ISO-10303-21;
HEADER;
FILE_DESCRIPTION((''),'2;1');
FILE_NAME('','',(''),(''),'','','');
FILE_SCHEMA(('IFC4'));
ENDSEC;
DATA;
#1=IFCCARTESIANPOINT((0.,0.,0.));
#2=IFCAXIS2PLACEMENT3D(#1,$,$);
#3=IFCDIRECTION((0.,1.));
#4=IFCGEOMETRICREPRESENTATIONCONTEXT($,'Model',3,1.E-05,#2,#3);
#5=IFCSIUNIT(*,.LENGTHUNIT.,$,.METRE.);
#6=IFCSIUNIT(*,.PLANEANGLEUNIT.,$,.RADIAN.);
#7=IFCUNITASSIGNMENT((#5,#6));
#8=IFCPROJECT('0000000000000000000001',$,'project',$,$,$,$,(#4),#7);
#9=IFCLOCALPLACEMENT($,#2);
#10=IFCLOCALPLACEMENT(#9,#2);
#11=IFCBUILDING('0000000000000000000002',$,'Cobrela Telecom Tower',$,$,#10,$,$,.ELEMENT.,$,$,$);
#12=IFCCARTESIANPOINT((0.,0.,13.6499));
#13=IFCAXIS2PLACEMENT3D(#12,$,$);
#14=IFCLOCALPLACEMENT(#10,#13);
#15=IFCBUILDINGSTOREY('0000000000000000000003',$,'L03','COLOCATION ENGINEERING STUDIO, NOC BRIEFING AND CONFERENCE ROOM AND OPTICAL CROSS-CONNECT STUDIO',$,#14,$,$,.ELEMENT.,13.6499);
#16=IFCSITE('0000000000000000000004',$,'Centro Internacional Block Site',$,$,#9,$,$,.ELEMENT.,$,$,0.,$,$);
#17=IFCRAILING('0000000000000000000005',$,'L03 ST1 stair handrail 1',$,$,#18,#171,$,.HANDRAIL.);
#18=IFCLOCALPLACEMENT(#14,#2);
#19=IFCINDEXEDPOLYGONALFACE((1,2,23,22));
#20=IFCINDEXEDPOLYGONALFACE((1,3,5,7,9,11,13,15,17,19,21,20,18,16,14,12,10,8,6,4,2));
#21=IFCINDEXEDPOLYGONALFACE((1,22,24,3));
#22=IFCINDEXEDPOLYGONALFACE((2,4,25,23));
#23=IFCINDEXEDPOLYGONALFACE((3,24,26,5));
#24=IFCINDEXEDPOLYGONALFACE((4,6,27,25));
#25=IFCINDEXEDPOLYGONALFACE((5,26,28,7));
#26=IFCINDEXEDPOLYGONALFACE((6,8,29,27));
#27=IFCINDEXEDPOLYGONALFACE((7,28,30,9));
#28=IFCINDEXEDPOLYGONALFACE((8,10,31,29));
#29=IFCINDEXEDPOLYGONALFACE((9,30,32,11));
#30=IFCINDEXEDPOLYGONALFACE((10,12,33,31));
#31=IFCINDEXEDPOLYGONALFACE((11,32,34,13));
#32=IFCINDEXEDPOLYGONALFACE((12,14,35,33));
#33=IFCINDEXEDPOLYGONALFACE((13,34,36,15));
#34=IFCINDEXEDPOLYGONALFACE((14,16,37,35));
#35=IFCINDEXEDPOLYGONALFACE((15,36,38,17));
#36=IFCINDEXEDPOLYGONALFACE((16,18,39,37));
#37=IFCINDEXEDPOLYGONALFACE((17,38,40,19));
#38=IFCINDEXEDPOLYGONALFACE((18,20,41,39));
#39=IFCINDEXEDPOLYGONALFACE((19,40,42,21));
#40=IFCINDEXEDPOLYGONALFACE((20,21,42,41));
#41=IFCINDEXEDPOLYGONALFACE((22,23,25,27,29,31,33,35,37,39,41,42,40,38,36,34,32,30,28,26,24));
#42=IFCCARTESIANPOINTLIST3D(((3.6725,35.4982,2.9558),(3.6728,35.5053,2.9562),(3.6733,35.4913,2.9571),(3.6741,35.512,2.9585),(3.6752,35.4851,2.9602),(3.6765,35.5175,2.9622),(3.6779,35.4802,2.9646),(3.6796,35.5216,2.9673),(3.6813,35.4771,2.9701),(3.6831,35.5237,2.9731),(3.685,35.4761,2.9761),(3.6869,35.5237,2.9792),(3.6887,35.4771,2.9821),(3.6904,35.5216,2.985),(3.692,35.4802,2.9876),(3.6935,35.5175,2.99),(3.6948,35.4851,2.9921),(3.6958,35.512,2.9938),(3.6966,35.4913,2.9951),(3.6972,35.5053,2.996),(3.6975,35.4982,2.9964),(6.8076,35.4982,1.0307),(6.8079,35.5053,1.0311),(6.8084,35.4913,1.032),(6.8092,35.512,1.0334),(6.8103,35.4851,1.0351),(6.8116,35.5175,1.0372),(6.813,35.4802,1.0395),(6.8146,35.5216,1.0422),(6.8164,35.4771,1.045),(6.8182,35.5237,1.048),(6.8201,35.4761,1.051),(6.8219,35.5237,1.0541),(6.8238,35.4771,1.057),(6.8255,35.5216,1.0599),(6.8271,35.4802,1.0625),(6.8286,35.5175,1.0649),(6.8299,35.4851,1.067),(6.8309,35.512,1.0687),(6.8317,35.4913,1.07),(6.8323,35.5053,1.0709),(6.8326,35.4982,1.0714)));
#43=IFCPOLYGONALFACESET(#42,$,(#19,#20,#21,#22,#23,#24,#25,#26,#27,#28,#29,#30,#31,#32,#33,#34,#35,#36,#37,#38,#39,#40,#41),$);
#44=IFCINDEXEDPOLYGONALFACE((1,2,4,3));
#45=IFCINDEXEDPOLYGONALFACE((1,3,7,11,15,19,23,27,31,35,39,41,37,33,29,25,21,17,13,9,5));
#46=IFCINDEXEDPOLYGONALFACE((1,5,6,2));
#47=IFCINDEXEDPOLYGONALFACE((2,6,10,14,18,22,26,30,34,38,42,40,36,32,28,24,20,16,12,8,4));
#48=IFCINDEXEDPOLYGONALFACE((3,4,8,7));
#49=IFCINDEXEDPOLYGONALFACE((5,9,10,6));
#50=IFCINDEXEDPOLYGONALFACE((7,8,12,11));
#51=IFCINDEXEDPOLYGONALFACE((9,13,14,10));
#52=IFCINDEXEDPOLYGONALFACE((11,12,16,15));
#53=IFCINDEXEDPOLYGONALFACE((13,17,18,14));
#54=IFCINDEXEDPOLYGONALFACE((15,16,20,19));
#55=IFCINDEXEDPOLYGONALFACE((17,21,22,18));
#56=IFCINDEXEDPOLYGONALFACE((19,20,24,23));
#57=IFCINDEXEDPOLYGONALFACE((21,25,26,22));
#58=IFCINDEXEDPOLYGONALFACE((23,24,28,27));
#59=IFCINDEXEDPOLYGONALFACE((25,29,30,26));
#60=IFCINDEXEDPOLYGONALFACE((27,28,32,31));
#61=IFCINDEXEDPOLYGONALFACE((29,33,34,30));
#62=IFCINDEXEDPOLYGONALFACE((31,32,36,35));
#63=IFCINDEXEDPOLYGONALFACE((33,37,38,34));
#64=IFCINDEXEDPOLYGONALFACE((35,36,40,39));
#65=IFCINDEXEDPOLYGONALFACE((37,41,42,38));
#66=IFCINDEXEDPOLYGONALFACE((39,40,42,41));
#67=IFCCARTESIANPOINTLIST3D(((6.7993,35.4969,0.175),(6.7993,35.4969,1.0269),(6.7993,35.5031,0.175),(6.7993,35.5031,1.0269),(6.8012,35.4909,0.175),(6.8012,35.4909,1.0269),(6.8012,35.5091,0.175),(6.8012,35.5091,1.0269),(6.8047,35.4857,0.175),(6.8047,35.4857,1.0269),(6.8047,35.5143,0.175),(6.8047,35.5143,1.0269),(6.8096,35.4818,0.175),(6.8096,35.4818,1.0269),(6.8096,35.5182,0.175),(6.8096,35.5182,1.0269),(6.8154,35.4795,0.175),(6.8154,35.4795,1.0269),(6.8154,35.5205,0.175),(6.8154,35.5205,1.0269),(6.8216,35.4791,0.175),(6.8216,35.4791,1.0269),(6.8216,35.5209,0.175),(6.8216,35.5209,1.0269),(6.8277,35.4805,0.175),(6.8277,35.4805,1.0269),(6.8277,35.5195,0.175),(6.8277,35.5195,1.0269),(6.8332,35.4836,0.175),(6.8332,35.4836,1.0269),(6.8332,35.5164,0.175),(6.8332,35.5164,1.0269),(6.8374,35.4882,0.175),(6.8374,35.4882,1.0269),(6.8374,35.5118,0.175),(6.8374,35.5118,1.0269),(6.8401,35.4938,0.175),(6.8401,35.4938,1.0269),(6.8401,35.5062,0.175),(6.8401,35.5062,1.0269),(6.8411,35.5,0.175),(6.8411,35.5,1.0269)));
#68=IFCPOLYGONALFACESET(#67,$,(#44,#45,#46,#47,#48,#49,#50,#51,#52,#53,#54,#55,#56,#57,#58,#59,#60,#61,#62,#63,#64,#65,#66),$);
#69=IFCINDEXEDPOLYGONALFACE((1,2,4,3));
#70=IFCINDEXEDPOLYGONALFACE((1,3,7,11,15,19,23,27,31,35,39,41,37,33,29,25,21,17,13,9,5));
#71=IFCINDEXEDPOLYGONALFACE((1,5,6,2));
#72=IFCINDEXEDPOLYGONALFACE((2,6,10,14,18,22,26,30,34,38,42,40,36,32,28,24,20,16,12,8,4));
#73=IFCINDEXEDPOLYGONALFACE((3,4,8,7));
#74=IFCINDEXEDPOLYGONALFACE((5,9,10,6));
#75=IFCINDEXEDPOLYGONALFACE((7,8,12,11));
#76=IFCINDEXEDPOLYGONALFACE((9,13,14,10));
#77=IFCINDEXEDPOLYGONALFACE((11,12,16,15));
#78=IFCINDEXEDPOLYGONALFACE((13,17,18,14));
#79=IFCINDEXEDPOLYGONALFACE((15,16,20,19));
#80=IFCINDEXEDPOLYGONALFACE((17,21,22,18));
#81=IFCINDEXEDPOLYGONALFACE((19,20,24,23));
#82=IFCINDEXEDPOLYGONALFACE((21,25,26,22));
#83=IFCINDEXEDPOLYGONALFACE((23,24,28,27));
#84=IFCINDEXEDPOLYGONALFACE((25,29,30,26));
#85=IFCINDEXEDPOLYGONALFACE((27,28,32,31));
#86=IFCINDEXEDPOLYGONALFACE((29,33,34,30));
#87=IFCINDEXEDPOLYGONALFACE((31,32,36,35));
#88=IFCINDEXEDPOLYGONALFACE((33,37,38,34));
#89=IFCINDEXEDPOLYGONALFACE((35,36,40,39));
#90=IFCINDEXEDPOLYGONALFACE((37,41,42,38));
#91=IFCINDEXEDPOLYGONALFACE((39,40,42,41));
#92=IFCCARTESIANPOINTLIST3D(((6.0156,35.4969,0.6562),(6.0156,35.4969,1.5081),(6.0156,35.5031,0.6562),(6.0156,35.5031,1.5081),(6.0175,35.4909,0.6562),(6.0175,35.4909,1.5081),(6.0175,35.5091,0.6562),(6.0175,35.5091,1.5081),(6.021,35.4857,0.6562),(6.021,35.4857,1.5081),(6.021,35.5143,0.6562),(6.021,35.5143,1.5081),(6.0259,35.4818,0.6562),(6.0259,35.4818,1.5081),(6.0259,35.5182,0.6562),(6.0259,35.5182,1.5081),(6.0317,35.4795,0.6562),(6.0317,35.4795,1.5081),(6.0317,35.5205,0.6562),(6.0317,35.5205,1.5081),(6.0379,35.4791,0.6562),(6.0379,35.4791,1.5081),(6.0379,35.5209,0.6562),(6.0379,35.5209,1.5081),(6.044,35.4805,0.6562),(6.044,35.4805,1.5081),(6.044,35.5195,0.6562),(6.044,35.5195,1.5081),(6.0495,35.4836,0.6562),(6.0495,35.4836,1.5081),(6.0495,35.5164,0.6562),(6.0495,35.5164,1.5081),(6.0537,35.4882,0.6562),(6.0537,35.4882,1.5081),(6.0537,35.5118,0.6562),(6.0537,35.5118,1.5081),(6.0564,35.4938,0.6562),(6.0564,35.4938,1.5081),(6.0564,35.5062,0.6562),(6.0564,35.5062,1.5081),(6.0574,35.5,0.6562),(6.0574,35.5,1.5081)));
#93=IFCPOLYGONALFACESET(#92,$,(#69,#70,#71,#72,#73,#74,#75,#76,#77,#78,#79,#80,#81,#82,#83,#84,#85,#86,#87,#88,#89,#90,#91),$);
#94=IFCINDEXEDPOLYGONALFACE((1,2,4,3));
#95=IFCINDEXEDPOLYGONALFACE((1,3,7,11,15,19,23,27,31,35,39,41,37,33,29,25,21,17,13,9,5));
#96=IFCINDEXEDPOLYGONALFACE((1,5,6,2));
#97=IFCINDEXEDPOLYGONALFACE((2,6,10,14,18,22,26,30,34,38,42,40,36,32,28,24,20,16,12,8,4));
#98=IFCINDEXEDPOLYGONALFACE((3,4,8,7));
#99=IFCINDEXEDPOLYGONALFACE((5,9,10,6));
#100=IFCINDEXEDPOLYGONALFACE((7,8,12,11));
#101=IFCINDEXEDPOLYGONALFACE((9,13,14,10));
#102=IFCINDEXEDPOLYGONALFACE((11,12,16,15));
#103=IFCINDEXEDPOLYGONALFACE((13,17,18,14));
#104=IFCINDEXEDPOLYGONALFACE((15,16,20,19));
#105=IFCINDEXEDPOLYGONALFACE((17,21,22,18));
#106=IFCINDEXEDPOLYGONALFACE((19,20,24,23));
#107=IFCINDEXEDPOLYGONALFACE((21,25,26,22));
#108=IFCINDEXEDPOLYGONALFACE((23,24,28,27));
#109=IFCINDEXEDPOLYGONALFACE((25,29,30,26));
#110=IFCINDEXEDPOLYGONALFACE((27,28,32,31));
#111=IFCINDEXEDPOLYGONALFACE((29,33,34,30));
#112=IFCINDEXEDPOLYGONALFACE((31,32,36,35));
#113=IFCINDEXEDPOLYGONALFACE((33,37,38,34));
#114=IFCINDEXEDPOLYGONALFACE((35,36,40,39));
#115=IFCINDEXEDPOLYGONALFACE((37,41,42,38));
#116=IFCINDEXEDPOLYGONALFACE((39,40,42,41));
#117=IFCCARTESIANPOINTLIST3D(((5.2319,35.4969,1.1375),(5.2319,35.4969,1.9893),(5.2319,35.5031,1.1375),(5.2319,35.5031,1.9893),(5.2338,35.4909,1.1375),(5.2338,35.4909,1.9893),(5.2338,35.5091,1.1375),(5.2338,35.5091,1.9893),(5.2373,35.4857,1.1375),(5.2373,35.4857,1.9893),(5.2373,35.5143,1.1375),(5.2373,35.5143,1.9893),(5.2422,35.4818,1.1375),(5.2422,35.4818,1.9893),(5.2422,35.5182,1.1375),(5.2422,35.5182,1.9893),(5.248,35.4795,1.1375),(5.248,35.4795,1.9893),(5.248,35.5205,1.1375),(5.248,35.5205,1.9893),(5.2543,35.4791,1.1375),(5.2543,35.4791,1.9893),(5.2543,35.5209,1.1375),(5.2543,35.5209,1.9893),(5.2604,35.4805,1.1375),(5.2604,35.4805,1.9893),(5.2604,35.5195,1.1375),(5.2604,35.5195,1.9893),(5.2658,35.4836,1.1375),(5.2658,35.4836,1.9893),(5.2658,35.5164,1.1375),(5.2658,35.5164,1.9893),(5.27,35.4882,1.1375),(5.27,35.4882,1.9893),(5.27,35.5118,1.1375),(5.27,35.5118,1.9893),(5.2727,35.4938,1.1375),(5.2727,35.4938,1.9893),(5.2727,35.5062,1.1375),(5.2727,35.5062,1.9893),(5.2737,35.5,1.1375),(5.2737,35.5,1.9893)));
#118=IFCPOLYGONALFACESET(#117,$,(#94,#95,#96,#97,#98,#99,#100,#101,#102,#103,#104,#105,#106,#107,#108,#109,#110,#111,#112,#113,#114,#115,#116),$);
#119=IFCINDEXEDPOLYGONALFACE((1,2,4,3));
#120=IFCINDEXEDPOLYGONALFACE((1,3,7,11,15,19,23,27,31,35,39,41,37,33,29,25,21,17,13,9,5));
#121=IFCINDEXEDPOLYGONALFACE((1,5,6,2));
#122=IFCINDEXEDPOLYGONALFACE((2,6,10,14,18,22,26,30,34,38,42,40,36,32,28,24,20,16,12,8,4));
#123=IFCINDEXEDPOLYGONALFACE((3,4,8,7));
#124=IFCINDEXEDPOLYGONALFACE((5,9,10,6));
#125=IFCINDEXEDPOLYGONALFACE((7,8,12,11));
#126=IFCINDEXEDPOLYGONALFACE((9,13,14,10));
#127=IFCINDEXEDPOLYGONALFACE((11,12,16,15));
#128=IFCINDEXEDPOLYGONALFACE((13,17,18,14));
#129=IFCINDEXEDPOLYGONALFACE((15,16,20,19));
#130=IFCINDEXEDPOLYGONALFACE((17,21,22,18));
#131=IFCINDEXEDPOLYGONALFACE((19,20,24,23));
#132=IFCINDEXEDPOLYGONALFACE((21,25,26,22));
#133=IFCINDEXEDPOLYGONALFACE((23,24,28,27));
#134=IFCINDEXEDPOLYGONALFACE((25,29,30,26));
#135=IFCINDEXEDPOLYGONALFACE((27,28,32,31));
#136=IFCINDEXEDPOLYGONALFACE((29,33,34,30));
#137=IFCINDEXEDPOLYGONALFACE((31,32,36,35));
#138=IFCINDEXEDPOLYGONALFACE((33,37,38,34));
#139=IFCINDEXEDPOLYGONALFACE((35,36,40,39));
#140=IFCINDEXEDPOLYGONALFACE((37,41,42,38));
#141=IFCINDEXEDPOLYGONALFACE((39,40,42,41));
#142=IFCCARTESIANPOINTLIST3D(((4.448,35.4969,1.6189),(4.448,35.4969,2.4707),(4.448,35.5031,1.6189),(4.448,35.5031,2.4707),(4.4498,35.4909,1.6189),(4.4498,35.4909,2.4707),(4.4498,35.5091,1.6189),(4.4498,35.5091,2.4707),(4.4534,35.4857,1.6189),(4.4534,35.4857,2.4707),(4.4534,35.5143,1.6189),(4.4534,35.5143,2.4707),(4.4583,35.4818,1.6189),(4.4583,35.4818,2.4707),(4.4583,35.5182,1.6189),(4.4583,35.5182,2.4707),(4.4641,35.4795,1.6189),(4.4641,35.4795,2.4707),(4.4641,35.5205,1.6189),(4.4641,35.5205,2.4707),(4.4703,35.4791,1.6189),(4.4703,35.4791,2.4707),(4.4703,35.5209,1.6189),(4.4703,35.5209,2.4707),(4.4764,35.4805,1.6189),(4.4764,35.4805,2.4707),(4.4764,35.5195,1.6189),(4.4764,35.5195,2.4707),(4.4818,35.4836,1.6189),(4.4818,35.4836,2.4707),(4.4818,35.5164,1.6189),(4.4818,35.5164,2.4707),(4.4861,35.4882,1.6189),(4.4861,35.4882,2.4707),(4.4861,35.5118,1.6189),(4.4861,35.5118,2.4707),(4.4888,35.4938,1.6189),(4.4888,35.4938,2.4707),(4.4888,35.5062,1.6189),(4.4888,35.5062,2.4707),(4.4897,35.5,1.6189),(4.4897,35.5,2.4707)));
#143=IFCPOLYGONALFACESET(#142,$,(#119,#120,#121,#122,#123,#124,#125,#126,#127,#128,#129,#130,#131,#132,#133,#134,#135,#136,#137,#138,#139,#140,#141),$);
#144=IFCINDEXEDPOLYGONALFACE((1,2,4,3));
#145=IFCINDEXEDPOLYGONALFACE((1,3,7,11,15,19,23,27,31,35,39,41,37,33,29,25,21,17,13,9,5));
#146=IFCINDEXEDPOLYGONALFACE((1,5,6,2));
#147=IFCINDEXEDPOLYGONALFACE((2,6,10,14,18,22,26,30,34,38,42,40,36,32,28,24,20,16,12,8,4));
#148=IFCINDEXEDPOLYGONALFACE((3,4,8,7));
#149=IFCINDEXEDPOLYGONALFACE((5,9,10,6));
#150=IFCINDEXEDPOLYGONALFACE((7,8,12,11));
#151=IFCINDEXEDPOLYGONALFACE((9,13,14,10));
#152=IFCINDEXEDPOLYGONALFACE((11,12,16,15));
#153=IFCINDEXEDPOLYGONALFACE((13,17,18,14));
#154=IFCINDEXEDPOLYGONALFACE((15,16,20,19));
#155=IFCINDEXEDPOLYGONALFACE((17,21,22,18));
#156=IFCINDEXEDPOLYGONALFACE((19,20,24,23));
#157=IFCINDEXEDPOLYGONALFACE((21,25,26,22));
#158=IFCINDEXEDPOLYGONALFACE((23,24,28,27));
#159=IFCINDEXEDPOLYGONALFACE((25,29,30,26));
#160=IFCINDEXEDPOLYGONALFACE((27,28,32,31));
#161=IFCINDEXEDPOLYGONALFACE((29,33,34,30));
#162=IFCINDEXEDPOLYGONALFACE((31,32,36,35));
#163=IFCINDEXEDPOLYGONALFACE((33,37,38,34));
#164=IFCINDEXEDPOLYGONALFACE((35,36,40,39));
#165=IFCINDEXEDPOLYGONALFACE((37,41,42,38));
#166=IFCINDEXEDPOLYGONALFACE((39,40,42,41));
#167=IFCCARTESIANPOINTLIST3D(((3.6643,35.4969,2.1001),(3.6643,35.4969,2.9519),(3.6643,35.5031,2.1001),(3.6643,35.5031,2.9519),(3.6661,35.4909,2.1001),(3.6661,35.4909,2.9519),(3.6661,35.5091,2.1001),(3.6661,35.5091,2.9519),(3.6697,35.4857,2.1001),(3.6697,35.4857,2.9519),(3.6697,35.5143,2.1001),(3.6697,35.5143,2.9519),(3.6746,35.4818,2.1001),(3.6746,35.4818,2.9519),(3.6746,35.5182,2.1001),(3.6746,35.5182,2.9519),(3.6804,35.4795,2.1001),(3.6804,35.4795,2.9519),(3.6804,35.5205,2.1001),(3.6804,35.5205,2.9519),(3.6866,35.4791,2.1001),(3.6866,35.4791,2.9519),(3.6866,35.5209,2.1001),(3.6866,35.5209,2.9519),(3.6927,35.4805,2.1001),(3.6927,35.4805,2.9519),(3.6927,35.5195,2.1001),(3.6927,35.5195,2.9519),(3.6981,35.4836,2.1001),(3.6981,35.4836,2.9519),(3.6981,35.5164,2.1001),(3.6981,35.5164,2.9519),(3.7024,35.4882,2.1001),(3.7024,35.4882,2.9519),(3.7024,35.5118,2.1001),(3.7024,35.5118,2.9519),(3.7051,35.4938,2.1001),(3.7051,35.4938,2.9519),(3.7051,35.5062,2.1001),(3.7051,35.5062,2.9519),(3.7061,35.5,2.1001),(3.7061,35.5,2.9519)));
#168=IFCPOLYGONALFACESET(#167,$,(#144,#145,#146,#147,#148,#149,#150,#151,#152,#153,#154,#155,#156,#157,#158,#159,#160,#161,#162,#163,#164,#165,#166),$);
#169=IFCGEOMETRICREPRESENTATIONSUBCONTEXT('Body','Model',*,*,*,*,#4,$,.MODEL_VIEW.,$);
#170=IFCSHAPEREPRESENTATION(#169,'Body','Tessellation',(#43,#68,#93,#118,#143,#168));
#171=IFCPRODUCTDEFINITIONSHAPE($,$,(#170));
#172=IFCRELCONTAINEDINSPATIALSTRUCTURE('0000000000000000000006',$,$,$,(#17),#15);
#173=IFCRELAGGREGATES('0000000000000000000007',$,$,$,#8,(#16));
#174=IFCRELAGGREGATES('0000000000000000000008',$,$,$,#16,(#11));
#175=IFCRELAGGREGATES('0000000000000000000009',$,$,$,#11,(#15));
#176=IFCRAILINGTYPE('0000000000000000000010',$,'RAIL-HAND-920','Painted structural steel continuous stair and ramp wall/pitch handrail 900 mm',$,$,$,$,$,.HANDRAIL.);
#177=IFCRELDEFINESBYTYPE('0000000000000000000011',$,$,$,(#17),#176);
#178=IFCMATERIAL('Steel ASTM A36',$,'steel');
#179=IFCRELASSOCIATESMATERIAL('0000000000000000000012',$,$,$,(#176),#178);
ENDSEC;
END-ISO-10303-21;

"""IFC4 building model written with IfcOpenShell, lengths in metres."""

from ifc_helpers import new_model, si_unit, direction, frame, origin, origin_2d, place, context, subcontext, project, spatial, circle, extrude, material, type_object, element, save


model = new_model("IFC4")

# Units and contexts
model_context = context("Model", 3, precision=1e-05, world=origin(), true_north=direction((0.0, 1.0)))
body_context = subcontext(model_context, "Body", "Model", "MODEL_VIEW")
ifc_project = project(units=[si_unit("LENGTHUNIT", "METRE"), si_unit("PLANEANGLEUNIT", "RADIAN")], contexts=[model_context])

# Site, building, storey
site_placement = place(None, origin())
site = spatial("IfcSite", under=ifc_project, at=site_placement, Name="Centro Internacional Block Site", CompositionType="ELEMENT", RefElevation=0.0)
building_placement = place(site_placement, origin())
building = spatial("IfcBuilding", under=site, at=building_placement, Name="Cobrela Telecom Tower", CompositionType="ELEMENT")
storey_placement = place(building_placement, frame((0.0, 0.0, 13.6499)))
storey = spatial("IfcBuildingStorey", under=building, at=storey_placement, Name="L03", Description="COLOCATION ENGINEERING STUDIO, NOC BRIEFING AND CONFERENCE ROOM AND OPTICAL CROSS-CONNECT STUDIO", CompositionType="ELEMENT", Elevation=13.6499)

# Shared definitions
ifc_material_1 = material(Name="Steel ASTM A36", Category="steel")

# Railing
railing_type_1 = type_object("IfcRailingType", Name="RAIL-HAND-920", Description="Painted structural steel continuous stair and ramp wall/pitch handrail 900 mm", PredefinedType="HANDRAIL", material=ifc_material_1)
railing_1_placement = place(storey_placement, frame((6.8201, 35.5, 0.175)))
element("IfcRailing", 1, at=railing_1_placement, inside=storey, type_object=railing_type_1, Name="L03 ST1 stair handrail 1", PredefinedType="HANDRAIL", context=body_context, shape_type="SweptSolid", body=[
    extrude(circle(Radius=0.0239, at=origin_2d()), frame((0.0, 0.0, 0.876), z_axis=(-0.852166, 0.0, 0.523271), x_axis=(0.0, -1.0, 0.0)), (0.0, 0.0, 1.0), 3.679),
    extrude(circle(Radius=0.021, at=origin_2d()), origin(), (0.0, 0.0, 1.0), 0.8518),
    extrude(circle(Radius=0.021, at=origin_2d()), frame((-0.7837, 0.0, 0.4812)), (0.0, 0.0, 1.0), 0.8518),
    extrude(circle(Radius=0.021, at=origin_2d()), frame((-1.5674, 0.0, 0.9624)), (0.0, 0.0, 1.0), 0.8518),
    extrude(circle(Radius=0.021, at=origin_2d()), frame((-2.3513, 0.0, 1.4438)), (0.0, 0.0, 1.0), 0.8518),
    extrude(circle(Radius=0.021, at=origin_2d()), frame((-3.135, 0.0, 1.925)), (0.0, 0.0, 1.0), 0.8518),
])

save(model, "model.ifc")
